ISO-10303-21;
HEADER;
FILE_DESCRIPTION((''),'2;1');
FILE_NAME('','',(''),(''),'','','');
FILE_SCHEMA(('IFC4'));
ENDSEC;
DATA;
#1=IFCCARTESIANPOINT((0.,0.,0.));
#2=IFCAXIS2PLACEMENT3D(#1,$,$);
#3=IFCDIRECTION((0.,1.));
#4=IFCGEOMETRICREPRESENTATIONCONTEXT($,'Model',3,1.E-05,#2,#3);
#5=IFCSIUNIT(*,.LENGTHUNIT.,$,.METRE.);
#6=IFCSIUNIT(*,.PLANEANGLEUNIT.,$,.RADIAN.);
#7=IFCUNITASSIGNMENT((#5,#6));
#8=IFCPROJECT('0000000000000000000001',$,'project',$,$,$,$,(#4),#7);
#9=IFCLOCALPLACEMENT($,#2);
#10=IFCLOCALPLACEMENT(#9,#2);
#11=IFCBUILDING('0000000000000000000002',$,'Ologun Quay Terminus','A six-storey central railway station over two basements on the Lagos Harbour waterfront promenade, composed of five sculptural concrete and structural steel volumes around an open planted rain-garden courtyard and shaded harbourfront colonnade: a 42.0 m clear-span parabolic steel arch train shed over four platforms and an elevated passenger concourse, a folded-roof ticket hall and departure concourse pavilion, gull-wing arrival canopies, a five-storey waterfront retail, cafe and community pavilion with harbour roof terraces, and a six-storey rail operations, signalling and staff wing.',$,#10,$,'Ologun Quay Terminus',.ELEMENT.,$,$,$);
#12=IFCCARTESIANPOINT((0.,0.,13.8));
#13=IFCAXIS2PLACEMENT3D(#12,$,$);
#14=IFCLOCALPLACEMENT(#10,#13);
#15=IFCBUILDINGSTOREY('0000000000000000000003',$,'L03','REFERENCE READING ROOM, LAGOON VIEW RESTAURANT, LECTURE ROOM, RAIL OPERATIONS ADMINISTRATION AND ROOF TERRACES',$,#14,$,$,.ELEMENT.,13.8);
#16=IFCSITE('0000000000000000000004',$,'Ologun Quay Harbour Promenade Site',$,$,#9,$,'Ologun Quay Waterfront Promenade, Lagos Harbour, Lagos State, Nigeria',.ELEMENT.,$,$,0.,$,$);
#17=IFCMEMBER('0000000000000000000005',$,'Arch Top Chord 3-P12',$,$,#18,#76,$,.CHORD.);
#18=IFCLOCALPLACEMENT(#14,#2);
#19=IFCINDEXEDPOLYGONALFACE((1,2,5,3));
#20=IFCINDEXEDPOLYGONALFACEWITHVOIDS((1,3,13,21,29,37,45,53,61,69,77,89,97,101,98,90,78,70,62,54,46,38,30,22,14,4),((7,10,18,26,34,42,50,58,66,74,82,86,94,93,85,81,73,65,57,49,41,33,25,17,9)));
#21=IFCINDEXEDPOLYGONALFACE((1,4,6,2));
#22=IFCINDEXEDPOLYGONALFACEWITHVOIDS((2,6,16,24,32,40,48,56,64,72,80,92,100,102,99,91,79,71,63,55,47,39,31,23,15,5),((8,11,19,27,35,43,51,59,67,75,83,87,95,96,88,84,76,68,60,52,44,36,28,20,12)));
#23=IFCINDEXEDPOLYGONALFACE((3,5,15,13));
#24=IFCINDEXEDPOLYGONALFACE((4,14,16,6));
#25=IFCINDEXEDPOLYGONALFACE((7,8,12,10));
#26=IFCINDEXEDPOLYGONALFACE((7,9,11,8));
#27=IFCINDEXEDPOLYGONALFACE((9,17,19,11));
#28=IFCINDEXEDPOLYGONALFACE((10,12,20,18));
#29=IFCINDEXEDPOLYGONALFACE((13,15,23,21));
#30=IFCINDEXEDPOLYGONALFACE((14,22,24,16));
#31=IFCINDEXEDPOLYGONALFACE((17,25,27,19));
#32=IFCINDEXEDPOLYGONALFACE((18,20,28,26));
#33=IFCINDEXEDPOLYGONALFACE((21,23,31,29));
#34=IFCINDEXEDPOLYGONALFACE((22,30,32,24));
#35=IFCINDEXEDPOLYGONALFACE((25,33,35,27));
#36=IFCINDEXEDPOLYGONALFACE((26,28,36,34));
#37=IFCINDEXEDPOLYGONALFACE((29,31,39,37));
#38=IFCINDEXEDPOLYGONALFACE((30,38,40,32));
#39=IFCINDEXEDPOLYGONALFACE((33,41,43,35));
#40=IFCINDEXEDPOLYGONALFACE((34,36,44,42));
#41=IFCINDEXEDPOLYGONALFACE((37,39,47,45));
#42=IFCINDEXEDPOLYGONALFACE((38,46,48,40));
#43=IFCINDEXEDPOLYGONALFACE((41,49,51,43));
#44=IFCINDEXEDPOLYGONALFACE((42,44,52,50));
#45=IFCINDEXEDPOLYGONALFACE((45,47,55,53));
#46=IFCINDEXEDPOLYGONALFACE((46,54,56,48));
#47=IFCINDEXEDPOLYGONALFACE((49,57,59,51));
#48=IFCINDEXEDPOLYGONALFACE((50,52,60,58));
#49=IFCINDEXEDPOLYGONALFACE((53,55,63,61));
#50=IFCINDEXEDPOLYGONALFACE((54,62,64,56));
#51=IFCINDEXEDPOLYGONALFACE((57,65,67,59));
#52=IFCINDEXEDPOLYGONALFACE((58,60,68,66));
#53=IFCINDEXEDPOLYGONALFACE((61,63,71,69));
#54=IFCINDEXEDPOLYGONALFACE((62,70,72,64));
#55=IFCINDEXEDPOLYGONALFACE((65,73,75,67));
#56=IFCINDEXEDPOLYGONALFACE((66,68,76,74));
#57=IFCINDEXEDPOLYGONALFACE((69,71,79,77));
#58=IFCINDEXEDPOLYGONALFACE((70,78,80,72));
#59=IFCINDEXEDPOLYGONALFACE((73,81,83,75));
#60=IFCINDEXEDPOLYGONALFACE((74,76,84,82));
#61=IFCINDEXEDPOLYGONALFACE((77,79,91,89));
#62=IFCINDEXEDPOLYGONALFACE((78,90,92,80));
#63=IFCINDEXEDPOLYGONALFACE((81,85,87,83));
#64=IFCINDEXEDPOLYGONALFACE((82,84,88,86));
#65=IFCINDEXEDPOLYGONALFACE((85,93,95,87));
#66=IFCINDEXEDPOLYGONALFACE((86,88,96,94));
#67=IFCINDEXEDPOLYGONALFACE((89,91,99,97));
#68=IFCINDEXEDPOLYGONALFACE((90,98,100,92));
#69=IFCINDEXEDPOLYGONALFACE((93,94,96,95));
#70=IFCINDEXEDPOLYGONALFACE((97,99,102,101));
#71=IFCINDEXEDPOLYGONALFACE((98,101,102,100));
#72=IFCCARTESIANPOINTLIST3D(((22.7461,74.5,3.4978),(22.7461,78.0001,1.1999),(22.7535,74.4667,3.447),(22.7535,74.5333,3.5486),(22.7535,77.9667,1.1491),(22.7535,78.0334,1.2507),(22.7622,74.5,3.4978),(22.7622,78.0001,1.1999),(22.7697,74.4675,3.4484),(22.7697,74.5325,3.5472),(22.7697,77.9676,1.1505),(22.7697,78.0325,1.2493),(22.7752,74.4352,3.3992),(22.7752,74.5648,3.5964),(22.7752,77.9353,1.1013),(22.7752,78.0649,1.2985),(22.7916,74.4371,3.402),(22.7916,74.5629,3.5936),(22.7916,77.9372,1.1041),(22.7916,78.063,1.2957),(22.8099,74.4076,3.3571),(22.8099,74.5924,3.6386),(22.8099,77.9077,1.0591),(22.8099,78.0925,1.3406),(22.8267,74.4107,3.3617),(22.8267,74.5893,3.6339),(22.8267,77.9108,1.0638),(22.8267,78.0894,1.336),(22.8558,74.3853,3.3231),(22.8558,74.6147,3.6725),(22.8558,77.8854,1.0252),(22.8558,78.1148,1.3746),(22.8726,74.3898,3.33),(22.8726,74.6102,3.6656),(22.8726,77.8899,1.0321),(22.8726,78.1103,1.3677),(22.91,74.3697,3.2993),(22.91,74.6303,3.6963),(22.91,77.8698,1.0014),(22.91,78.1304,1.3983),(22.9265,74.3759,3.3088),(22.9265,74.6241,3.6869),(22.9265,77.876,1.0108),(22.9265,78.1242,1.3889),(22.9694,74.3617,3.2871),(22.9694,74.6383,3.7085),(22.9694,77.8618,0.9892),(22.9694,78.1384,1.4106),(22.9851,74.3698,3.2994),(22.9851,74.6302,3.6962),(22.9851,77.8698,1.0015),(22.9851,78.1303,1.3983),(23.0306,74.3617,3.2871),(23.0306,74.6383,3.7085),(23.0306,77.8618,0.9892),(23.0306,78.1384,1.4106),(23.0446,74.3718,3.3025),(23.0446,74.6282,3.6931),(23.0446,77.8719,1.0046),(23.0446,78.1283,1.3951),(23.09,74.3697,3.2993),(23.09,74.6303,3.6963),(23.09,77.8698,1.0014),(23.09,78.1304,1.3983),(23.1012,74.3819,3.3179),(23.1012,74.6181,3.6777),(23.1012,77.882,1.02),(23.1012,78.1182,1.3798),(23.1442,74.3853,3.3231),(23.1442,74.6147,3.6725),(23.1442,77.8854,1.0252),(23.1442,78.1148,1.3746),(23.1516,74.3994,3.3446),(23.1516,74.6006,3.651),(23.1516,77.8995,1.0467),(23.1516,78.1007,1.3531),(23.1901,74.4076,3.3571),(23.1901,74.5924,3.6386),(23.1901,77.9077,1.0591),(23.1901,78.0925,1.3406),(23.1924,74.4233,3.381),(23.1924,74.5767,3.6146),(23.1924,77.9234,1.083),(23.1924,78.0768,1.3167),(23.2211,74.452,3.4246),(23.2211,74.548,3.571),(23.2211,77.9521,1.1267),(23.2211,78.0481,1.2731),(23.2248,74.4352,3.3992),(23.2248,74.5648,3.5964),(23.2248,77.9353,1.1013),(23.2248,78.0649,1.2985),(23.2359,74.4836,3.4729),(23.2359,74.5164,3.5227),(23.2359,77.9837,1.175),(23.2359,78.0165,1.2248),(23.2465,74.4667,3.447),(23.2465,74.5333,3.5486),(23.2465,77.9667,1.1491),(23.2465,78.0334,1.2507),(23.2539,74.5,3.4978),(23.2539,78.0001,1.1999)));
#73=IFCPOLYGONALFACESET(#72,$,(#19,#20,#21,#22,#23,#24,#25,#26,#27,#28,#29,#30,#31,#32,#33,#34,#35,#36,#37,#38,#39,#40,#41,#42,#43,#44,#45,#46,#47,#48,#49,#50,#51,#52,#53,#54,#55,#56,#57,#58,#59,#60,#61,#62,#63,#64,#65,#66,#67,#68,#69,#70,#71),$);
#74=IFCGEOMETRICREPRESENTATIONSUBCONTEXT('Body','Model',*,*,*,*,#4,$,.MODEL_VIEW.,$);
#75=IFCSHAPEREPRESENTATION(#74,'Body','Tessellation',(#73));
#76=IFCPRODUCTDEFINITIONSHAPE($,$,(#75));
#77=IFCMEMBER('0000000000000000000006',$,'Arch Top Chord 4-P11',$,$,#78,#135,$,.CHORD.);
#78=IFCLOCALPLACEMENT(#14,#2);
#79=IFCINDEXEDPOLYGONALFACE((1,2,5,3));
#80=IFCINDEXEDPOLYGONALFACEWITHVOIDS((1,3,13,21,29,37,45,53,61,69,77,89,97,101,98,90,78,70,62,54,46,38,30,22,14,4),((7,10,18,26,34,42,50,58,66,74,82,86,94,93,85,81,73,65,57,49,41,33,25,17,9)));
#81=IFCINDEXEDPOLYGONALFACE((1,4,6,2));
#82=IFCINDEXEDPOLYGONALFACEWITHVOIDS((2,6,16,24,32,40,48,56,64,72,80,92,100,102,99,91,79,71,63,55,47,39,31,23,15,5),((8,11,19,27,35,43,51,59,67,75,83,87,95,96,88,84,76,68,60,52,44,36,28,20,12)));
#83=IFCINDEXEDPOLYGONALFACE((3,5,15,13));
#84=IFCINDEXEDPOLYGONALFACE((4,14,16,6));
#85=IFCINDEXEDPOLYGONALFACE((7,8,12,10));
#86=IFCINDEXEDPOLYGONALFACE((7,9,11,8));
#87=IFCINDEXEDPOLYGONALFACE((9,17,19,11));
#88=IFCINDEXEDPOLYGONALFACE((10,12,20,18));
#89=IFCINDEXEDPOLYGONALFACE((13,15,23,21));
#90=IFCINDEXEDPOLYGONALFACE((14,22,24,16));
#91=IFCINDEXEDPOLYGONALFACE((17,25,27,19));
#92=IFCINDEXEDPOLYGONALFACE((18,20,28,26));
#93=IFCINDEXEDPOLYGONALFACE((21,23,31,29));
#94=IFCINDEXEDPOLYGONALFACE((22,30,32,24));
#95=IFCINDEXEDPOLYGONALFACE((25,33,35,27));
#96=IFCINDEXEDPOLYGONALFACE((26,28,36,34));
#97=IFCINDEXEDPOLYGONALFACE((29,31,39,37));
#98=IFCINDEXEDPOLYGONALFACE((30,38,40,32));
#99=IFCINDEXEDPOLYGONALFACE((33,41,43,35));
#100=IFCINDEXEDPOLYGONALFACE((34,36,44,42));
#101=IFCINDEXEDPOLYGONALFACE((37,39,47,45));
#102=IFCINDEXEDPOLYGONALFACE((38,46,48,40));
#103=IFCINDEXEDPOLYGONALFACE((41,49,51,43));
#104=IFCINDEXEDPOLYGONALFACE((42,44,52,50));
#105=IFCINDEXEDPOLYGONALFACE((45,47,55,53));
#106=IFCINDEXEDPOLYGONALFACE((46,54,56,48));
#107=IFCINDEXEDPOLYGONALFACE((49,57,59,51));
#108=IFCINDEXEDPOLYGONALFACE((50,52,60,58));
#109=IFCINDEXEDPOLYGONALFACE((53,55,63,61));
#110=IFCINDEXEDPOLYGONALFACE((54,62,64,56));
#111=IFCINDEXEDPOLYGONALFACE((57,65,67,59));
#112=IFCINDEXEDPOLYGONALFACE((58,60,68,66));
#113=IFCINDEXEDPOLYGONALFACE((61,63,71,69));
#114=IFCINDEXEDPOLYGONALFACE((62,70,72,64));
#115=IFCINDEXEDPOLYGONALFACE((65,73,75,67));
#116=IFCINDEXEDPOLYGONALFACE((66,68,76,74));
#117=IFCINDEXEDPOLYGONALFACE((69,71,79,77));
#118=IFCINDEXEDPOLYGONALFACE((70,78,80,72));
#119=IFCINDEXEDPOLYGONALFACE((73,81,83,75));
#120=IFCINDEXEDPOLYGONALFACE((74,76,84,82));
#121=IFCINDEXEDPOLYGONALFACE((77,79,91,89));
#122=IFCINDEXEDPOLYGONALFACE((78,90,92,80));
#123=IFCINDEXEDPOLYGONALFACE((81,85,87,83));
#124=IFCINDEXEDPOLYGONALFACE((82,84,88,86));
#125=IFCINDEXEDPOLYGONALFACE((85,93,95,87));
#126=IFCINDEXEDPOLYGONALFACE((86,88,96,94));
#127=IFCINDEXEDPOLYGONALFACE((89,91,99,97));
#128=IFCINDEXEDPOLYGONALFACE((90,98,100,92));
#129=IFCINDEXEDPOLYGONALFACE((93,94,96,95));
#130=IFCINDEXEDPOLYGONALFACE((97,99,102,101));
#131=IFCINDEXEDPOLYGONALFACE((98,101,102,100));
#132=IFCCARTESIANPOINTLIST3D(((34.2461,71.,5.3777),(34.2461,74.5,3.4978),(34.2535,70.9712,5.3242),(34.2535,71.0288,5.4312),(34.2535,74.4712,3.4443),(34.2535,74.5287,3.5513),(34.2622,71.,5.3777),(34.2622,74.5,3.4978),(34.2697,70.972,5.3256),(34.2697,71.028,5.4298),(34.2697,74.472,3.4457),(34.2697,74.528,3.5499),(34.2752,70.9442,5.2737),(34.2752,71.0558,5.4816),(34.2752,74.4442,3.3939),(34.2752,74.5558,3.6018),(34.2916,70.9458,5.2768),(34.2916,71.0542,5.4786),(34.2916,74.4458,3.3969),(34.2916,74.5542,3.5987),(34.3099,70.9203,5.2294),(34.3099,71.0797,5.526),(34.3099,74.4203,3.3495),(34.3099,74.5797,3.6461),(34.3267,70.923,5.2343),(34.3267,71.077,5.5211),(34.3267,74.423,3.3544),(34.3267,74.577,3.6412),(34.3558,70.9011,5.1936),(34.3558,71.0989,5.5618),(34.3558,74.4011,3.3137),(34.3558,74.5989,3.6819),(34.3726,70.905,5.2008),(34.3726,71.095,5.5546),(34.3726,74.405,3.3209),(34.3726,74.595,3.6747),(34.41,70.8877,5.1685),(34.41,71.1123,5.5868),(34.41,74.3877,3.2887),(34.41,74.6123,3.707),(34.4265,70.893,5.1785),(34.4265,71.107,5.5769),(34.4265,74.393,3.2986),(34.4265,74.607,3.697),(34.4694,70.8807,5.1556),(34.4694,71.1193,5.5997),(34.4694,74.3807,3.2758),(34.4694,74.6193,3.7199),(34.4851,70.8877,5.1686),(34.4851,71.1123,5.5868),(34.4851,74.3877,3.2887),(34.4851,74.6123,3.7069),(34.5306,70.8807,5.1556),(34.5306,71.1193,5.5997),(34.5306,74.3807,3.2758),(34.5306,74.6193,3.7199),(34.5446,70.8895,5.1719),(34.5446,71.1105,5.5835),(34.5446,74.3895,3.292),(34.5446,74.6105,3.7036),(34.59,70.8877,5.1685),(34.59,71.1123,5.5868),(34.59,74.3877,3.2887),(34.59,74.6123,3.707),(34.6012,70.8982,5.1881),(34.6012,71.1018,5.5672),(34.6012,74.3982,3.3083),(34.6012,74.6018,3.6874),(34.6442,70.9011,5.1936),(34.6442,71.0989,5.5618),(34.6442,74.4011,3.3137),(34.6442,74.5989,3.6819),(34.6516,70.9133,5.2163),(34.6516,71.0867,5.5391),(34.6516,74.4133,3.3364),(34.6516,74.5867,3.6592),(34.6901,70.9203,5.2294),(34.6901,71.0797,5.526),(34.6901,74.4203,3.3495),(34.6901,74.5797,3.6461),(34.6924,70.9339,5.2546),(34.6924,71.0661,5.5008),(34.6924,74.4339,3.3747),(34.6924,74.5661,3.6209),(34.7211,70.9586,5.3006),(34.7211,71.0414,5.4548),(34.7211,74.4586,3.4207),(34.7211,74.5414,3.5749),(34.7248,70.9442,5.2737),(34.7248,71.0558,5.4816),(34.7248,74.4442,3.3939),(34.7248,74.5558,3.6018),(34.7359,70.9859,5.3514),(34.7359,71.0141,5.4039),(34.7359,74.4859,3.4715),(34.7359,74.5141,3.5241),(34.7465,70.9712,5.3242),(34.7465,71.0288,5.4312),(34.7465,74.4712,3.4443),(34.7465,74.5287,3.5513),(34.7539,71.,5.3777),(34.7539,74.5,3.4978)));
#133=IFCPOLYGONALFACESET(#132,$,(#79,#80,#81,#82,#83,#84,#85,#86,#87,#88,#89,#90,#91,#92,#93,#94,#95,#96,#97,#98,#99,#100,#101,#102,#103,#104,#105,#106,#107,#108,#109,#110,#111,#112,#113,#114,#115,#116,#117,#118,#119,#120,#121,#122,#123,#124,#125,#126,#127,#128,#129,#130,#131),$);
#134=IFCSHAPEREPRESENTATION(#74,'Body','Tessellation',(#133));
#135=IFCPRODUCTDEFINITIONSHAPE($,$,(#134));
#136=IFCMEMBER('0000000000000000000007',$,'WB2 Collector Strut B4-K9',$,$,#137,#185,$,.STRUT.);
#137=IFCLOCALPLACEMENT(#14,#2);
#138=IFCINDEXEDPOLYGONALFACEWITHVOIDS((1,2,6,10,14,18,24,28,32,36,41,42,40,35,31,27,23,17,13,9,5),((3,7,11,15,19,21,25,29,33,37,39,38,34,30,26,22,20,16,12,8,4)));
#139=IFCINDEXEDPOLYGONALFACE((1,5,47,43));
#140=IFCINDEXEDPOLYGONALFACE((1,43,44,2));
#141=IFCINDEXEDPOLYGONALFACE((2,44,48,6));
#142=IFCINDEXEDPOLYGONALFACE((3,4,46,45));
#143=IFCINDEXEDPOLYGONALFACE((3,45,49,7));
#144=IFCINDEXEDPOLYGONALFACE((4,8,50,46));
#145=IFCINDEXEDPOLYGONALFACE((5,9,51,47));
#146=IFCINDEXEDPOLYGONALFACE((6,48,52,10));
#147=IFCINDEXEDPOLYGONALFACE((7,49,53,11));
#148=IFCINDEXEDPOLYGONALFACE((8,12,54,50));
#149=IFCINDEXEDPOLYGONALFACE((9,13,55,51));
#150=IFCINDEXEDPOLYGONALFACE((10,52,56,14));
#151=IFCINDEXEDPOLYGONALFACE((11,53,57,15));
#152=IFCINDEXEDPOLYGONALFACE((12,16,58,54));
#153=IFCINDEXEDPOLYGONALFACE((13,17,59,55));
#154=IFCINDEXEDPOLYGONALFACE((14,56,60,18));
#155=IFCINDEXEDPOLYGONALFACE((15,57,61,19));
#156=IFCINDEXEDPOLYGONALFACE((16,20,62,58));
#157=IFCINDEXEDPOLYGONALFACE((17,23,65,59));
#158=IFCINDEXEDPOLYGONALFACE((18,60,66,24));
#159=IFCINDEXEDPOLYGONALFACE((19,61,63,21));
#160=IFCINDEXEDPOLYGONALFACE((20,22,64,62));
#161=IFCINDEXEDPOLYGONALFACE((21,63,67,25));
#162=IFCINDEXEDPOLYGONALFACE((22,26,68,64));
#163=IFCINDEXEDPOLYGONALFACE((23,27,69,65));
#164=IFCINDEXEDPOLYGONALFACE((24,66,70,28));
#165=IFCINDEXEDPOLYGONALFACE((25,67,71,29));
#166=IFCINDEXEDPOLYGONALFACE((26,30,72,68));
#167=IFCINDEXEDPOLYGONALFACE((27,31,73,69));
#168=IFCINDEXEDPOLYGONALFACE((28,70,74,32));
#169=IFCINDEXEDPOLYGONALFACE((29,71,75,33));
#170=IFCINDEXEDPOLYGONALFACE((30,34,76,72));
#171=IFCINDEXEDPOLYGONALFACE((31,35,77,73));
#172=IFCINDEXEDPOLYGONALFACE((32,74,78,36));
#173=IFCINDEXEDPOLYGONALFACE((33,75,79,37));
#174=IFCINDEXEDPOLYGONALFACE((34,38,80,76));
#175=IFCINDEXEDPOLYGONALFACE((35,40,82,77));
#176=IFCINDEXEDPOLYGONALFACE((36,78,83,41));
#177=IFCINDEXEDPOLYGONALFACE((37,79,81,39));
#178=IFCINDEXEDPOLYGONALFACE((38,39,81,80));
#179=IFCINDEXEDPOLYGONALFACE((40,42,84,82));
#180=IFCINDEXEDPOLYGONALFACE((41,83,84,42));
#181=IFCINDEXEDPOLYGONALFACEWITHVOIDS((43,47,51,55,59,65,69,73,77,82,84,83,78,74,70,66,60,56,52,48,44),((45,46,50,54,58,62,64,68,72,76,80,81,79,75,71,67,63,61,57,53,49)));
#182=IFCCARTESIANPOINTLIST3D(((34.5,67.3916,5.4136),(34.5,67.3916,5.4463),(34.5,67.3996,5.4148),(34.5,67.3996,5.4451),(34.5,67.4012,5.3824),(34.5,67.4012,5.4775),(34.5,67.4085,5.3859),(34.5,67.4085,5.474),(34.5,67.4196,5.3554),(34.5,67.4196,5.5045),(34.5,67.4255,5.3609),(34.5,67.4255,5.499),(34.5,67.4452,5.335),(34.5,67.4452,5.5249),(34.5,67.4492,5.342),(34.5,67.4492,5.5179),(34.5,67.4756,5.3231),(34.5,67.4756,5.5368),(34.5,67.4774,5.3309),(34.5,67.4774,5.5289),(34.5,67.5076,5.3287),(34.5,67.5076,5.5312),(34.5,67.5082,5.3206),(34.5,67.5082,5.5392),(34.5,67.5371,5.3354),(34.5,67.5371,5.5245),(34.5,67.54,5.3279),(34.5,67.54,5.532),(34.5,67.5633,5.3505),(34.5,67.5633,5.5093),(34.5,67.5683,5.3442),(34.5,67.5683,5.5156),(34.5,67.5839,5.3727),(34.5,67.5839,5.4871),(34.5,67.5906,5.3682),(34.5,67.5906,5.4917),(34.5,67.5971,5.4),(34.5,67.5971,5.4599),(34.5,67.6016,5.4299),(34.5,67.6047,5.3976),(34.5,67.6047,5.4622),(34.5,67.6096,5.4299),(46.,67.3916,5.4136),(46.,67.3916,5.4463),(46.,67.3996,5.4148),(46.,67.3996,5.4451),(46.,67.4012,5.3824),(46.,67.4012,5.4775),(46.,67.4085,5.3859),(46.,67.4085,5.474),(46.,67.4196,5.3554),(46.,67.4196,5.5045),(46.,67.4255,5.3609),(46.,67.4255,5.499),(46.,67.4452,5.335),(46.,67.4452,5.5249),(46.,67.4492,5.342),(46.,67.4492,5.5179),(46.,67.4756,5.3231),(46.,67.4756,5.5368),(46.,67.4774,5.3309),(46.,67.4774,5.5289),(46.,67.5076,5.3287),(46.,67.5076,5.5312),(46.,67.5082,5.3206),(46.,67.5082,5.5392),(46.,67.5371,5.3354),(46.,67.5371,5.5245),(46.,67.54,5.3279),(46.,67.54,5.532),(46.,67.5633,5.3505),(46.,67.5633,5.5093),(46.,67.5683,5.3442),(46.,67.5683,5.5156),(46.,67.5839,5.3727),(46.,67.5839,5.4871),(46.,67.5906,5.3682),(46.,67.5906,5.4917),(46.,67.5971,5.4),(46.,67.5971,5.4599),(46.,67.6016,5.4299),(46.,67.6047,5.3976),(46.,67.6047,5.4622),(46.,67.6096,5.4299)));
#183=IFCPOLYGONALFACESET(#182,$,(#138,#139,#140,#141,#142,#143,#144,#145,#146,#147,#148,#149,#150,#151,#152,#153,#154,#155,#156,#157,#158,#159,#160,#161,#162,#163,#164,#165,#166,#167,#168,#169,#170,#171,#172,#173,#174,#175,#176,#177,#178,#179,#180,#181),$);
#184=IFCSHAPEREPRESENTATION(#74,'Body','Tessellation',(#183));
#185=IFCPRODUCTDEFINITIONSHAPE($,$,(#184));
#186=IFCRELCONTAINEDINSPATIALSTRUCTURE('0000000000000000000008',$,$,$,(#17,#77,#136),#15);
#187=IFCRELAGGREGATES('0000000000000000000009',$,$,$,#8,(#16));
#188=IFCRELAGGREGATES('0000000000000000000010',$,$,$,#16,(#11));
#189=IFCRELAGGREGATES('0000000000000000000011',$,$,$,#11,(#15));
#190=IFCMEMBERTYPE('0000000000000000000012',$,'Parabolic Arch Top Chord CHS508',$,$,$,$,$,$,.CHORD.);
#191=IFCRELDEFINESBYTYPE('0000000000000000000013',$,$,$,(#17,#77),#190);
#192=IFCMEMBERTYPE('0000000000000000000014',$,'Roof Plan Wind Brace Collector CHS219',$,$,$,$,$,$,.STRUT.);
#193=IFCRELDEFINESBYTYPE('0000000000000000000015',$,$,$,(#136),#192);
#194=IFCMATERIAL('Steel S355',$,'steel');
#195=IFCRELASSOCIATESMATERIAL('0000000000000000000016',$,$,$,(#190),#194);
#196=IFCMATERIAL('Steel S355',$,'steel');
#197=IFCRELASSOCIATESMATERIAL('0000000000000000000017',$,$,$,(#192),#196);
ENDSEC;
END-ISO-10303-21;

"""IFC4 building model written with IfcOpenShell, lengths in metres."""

from ifc_helpers import new_model, si_unit, direction, frame, origin, origin_2d, place, context, subcontext, project, spatial, hollow_circle, extrude, material, material_profile, profile_set, type_object, element, save


model = new_model("IFC4")

# Units and contexts
model_context = context("Model", 3, precision=1e-05, world=origin(), true_north=direction((0.0, 1.0)))
body_context = subcontext(model_context, "Body", "Model", "MODEL_VIEW")
ifc_project = project(units=[si_unit("LENGTHUNIT", "METRE"), si_unit("PLANEANGLEUNIT", "RADIAN")], contexts=[model_context])

# Site, building, storey
site_placement = place(None, origin())
site = spatial("IfcSite", under=ifc_project, at=site_placement, Name="Ologun Quay Harbour Promenade Site", LongName="Ologun Quay Waterfront Promenade, Lagos Harbour, Lagos State, Nigeria", CompositionType="ELEMENT", RefElevation=0.0)
building_placement = place(site_placement, origin())
building = spatial("IfcBuilding", under=site, at=building_placement, Name="Ologun Quay Terminus", Description="A six-storey central railway station over two basements on the Lagos Harbour waterfront promenade, composed of five sculptural concrete and structural steel volumes around an open planted rain-garden courtyard and shaded harbourfront colonnade: a 42.0 m clear-span parabolic steel arch train shed over four platforms and an elevated passenger concourse, a folded-roof ticket hall and departure concourse pavilion, gull-wing arrival canopies, a five-storey waterfront retail, cafe and community pavilion with harbour roof terraces, and a six-storey rail operations, signalling and staff wing.", LongName="Ologun Quay Terminus", CompositionType="ELEMENT")
storey_placement = place(building_placement, frame((0.0, 0.0, 13.8)))
storey = spatial("IfcBuildingStorey", under=building, at=storey_placement, Name="L03", Description="REFERENCE READING ROOM, LAGOON VIEW RESTAURANT, LECTURE ROOM, RAIL OPERATIONS ADMINISTRATION AND ROOF TERRACES", CompositionType="ELEMENT", Elevation=13.8)

# Members
ifc_material_1 = material(Name="Steel S355", Category="steel")
ifc_material_profile_1 = material_profile(ifc_material_1, hollow_circle(Radius=0.2539, WallThickness=0.0161, at=origin_2d()), Name="CHS 508x16")
ifc_profile_set_1 = profile_set([ifc_material_profile_1], Name="Steel S355")
member_type_1 = type_object("IfcMemberType", Name="Parabolic Arch Top Chord CHS508", PredefinedType="CHORD", material=ifc_profile_set_1)
member_1_placement = place(storey_placement, frame((23.0, 74.5, 3.4978), z_axis=(0.0, 0.835941, -0.548819), x_axis=(-1.0, 0.0, 0.0)))
element("IfcMember", 1, at=member_1_placement, inside=storey, type_object=member_type_1, Name="Arch Top Chord 3-P12", PredefinedType="CHORD", context=body_context, shape_type="SweptSolid", body=[
    extrude(hollow_circle(Radius=0.2539, WallThickness=0.0161, at=origin_2d()), origin(), (0.0, 0.0, 1.0), 4.187),
])
member_2_placement = place(storey_placement, frame((34.5, 71.0, 5.3777), z_axis=(0.0, 0.880968, -0.473176), x_axis=(-1.0, 0.0, 0.0)))
element("IfcMember", 2, at=member_2_placement, inside=storey, type_object=member_type_1, Name="Arch Top Chord 4-P11", PredefinedType="CHORD", context=body_context, shape_type="SweptSolid", body=[
    extrude(hollow_circle(Radius=0.2539, WallThickness=0.0161, at=origin_2d()), origin(), (0.0, 0.0, 1.0), 3.9729),
])
ifc_material_2 = material(Name="Steel S355", Category="steel")
ifc_material_profile_2 = material_profile(ifc_material_2, hollow_circle(Radius=0.1096, WallThickness=0.0081, at=origin_2d()), Name="CHS 219.1x8")
ifc_profile_set_2 = profile_set([ifc_material_profile_2], Name="Steel S355")
member_type_2 = type_object("IfcMemberType", Name="Roof Plan Wind Brace Collector CHS219", PredefinedType="STRUT", material=ifc_profile_set_2)
member_3_placement = place(storey_placement, frame((34.5, 67.5, 5.4299), z_axis=(1.0, 0.0, 0.0), x_axis=(0.0, 1.0, 0.0)))
element("IfcMember", 3, at=member_3_placement, inside=storey, type_object=member_type_2, Name="WB2 Collector Strut B4-K9", PredefinedType="STRUT", context=body_context, shape_type="SweptSolid", body=[
    extrude(hollow_circle(Radius=0.1096, WallThickness=0.0081, at=origin_2d()), origin(), (0.0, 0.0, 1.0), 11.5),
])

save(model, "model.ifc")
